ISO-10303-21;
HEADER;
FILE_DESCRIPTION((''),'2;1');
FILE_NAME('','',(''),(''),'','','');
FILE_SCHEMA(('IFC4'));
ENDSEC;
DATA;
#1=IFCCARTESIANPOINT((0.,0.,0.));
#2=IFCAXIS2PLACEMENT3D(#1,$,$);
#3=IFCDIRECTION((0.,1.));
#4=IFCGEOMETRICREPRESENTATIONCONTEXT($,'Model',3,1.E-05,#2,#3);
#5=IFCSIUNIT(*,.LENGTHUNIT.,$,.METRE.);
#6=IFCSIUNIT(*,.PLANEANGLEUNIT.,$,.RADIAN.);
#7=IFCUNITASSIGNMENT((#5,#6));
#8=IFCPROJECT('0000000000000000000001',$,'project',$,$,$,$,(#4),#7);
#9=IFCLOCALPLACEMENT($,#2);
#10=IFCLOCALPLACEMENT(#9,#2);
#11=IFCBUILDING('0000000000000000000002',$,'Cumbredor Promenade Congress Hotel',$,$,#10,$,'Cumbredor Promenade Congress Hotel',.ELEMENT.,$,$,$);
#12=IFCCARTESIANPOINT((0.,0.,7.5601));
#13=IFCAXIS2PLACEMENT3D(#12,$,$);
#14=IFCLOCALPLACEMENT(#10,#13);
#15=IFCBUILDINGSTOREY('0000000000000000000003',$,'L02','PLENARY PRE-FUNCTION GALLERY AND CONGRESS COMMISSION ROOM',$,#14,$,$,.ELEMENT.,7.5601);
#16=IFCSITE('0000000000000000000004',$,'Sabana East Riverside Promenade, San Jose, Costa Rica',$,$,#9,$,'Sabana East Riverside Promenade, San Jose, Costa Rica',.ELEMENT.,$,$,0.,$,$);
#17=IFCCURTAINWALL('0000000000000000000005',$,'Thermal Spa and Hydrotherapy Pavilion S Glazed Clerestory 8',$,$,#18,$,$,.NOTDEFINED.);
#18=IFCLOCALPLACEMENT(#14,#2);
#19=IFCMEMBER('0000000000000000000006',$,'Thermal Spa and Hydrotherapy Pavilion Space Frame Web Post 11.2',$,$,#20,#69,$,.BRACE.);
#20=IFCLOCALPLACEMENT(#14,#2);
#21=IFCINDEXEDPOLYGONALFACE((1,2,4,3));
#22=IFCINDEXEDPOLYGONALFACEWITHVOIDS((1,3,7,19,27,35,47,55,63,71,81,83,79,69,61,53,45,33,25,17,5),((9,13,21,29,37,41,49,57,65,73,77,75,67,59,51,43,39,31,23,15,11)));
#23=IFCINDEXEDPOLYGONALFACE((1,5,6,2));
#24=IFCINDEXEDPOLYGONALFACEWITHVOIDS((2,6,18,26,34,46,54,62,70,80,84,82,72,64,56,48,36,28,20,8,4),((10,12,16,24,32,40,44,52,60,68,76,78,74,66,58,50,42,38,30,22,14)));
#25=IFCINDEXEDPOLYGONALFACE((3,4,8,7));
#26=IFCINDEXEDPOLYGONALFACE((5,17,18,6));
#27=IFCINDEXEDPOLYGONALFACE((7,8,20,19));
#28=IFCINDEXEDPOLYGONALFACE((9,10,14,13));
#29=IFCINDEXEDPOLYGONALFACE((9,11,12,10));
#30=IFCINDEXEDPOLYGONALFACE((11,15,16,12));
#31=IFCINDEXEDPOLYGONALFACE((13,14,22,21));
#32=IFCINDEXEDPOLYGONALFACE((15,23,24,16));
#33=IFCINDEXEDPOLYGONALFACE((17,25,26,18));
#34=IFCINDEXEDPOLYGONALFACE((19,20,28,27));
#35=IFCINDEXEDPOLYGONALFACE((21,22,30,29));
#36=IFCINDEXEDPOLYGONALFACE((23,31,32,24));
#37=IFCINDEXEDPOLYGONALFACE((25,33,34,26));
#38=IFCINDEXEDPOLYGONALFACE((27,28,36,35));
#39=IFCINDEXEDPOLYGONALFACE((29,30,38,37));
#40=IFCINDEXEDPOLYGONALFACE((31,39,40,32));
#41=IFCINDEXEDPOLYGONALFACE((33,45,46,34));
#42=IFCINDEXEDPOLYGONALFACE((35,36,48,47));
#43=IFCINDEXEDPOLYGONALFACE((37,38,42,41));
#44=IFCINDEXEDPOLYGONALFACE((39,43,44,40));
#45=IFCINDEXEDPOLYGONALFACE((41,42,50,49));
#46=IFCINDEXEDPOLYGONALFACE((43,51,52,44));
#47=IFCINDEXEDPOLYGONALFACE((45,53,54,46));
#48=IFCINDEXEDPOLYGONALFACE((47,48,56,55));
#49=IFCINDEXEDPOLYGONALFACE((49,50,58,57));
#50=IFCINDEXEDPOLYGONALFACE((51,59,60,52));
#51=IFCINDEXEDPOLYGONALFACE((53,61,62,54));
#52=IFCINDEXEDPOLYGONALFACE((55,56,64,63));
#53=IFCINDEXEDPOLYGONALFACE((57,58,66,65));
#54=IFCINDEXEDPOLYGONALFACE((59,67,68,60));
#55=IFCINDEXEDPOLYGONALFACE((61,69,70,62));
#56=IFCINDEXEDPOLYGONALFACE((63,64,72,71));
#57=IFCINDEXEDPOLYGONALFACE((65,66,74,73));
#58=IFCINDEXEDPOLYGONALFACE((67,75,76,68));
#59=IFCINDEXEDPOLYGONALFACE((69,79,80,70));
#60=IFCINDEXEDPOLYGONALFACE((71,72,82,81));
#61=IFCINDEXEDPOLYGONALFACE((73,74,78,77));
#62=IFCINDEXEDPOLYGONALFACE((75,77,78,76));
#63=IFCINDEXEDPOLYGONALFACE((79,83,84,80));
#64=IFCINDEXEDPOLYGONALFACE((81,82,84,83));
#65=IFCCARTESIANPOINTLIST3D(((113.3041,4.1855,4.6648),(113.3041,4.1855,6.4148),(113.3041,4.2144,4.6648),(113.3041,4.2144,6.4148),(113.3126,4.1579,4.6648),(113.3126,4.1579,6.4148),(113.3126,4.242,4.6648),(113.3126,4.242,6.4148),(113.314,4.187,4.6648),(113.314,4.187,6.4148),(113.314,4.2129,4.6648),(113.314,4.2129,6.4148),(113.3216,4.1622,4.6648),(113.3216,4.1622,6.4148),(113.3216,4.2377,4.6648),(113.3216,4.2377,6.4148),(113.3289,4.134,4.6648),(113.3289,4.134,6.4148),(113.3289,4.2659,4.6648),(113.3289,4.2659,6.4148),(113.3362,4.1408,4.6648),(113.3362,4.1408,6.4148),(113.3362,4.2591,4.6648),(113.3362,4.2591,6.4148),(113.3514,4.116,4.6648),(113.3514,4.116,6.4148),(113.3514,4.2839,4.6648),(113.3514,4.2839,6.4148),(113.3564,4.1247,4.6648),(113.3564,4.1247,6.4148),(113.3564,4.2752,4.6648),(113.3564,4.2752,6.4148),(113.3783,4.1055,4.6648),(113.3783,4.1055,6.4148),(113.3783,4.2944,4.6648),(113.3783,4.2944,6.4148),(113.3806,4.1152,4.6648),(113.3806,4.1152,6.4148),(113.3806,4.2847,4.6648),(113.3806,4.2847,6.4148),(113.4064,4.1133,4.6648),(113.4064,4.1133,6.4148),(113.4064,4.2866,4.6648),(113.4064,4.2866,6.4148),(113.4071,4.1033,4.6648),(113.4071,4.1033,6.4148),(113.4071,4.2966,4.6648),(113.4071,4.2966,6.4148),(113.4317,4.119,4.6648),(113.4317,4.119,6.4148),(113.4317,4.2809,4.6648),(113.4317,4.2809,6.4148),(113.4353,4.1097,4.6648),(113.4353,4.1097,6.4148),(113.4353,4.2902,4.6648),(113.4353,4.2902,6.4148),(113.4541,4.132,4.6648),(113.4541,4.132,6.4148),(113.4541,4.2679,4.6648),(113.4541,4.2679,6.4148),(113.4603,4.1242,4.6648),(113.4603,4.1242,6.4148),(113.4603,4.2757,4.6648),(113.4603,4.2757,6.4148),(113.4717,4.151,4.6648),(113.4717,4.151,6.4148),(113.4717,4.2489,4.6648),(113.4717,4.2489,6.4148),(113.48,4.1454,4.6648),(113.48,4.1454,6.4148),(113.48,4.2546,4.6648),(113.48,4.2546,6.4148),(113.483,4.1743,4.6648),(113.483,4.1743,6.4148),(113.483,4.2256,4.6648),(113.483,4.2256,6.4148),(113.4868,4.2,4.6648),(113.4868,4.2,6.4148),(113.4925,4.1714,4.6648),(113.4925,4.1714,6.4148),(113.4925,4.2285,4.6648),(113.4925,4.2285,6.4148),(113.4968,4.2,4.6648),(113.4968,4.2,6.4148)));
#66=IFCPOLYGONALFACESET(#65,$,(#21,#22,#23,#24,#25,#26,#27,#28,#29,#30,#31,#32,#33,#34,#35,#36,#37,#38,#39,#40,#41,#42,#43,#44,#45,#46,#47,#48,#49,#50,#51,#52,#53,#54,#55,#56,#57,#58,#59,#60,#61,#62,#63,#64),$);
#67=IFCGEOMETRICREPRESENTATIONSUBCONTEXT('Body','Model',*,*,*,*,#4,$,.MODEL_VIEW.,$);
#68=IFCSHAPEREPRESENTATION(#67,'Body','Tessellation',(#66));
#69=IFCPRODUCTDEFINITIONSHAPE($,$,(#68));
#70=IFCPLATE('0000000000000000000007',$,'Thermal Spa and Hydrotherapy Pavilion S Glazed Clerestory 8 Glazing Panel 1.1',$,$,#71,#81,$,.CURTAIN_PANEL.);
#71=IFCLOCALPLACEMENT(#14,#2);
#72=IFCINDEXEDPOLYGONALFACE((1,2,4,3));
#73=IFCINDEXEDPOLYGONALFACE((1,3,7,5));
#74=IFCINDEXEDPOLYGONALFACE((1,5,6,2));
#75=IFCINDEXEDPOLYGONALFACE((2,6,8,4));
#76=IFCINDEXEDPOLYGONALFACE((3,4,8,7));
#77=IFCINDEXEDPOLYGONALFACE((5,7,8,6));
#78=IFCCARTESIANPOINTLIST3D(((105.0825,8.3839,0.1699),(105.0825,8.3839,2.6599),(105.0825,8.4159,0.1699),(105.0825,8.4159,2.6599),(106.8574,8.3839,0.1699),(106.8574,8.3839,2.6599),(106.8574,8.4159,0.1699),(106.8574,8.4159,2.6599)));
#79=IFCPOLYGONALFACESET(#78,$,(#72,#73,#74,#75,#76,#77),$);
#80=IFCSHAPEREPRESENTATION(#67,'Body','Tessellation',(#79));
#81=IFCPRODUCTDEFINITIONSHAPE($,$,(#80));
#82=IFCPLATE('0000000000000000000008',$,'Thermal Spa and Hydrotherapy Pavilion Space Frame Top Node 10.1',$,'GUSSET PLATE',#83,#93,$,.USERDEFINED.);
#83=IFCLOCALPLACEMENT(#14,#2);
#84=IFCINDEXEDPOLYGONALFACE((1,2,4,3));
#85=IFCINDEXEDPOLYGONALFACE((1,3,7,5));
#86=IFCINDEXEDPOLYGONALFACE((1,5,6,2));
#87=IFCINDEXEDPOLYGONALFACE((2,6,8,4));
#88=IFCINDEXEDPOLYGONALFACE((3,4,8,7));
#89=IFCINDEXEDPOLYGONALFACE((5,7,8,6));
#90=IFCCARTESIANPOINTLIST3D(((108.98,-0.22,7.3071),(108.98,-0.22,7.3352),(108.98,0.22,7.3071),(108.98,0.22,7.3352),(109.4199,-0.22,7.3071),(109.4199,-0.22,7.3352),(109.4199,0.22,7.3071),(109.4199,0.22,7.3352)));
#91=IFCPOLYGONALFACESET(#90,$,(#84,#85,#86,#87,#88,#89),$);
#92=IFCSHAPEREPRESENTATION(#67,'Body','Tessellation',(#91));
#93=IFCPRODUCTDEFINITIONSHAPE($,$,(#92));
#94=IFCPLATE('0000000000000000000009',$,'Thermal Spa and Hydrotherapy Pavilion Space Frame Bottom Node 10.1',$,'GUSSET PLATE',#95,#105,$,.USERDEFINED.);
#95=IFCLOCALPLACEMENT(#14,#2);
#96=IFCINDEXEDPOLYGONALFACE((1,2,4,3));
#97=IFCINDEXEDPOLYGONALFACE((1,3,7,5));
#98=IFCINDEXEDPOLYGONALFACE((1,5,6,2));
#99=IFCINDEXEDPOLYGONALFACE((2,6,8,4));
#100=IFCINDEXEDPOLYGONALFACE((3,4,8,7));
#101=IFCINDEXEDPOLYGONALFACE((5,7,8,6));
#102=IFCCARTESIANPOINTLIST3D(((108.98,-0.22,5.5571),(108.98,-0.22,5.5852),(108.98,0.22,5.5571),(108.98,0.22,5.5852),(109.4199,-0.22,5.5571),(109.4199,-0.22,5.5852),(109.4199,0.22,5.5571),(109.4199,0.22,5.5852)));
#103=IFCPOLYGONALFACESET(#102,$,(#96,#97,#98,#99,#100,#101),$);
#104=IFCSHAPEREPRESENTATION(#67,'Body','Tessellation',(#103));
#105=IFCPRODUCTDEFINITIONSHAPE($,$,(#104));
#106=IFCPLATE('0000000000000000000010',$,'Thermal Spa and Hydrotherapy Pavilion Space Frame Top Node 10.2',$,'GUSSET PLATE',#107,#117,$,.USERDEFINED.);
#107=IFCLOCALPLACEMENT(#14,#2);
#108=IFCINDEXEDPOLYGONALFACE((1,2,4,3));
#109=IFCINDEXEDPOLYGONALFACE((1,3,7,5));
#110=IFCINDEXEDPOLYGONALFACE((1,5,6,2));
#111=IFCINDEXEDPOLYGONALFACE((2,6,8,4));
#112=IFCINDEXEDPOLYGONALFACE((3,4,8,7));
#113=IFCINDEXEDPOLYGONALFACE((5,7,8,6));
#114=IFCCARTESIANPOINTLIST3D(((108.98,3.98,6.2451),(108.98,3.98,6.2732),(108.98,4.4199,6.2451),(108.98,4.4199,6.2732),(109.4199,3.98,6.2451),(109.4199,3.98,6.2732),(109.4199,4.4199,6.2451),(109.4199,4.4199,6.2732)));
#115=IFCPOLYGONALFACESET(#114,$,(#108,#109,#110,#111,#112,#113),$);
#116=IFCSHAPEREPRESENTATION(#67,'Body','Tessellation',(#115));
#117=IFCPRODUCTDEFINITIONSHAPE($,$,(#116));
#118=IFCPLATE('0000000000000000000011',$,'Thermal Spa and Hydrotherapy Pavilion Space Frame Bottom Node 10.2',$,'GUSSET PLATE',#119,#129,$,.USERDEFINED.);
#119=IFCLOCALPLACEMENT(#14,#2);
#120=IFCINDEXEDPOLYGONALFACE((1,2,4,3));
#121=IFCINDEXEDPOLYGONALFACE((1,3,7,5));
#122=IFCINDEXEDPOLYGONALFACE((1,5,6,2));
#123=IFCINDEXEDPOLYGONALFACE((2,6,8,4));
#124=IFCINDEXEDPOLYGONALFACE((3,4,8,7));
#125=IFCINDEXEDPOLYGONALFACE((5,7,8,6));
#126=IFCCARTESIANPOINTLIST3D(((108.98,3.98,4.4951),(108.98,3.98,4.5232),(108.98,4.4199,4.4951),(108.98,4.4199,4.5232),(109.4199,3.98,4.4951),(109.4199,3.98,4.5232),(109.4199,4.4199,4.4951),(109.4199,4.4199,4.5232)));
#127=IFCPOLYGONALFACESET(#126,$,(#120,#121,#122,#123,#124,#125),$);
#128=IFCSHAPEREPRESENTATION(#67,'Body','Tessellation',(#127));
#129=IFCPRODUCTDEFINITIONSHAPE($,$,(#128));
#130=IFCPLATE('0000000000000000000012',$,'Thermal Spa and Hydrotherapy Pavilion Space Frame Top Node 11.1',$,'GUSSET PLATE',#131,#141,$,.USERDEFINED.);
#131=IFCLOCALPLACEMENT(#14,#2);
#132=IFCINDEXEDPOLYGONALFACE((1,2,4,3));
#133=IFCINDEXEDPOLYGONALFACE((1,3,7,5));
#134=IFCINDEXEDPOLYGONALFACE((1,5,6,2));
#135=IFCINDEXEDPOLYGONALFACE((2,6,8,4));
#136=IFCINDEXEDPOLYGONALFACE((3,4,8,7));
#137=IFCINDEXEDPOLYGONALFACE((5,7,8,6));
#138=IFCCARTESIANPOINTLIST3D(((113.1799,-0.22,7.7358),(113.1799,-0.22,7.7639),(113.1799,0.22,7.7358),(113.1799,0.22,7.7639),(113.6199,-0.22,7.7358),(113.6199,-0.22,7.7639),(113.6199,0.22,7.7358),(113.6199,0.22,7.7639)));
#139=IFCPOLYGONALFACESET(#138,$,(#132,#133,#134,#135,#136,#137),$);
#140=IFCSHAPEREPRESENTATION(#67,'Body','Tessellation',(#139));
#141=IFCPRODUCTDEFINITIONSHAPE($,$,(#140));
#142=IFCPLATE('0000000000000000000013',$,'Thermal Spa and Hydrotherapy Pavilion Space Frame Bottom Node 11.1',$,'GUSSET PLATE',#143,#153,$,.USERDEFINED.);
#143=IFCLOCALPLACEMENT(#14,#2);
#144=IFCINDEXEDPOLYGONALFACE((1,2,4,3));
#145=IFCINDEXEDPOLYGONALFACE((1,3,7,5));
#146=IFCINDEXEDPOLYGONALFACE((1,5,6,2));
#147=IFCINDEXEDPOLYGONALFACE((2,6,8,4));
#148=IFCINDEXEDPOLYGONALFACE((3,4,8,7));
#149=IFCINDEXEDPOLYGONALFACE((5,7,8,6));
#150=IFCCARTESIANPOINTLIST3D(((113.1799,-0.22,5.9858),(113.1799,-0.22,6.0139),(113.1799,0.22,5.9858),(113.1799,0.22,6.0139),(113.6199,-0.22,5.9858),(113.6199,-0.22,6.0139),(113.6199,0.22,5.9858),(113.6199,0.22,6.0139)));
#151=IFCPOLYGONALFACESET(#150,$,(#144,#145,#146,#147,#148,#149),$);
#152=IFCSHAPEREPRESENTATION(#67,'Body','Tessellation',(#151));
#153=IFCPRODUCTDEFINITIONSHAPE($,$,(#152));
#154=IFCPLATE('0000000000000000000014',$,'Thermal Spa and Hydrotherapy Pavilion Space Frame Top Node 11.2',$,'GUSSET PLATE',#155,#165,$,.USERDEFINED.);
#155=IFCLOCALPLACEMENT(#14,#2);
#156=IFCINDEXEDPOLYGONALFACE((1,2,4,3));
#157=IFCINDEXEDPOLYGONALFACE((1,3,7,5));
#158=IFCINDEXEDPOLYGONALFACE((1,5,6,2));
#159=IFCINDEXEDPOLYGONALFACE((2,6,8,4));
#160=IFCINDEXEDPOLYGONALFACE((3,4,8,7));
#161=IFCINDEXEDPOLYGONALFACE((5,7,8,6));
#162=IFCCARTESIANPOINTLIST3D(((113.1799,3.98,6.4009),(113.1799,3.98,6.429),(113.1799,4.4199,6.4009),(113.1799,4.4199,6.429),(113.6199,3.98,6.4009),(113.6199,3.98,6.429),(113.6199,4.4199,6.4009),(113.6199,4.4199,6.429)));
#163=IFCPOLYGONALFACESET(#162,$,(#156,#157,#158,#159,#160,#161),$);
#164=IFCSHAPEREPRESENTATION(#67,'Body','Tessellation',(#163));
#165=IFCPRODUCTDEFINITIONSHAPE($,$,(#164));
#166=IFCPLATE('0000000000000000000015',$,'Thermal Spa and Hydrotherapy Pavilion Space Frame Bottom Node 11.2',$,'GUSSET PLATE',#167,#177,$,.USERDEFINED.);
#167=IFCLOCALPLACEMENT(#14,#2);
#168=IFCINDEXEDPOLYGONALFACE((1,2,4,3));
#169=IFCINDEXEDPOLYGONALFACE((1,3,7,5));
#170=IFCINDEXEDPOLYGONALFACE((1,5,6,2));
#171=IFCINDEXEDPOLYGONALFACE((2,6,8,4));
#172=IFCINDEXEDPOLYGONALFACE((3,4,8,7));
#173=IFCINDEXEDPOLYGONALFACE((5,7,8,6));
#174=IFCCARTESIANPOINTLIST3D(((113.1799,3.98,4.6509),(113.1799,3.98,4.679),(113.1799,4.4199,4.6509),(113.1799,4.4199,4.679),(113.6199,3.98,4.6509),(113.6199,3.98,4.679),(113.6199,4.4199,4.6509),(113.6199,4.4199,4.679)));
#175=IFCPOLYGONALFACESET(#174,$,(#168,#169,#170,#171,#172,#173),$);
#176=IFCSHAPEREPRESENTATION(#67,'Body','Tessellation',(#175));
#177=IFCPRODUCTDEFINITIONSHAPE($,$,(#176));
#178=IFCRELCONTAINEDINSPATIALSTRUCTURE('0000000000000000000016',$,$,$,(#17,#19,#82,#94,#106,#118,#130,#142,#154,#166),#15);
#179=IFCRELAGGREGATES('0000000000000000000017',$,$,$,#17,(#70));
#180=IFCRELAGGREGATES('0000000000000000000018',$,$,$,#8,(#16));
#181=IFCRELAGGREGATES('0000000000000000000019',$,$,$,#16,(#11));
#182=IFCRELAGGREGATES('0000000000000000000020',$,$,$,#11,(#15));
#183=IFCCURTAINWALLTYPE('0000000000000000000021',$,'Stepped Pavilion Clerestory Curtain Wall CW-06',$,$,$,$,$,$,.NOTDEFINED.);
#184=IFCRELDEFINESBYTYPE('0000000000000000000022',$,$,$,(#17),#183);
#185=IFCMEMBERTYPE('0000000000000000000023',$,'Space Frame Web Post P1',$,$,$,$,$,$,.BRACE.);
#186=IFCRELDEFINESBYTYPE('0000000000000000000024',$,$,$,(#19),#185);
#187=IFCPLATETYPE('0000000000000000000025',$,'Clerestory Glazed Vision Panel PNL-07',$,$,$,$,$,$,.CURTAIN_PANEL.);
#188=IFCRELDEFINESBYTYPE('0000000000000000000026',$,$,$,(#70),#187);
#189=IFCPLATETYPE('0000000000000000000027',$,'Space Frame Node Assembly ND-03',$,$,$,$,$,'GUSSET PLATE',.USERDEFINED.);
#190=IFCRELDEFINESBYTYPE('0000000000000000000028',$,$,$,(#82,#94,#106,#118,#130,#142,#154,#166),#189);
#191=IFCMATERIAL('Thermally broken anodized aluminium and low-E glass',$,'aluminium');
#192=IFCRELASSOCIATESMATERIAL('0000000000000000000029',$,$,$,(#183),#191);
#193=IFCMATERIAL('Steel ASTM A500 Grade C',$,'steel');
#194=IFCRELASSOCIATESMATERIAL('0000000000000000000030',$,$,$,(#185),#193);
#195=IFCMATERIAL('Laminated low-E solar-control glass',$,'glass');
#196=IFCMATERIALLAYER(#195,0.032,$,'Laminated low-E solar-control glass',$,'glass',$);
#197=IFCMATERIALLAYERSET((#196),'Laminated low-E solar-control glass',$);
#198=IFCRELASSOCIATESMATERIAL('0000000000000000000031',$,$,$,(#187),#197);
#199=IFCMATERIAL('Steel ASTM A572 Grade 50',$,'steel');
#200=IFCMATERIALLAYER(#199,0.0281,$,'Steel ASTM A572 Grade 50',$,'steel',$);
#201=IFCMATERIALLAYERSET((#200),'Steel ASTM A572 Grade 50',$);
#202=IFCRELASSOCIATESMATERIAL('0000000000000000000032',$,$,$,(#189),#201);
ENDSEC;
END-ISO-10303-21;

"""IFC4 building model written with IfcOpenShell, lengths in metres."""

from ifc_helpers import new_model, si_unit, direction, frame, origin, origin_2d, place, context, subcontext, project, spatial, rectangle, hollow_circle, extrude, material, layer, layer_set, material_profile, profile_set, type_object, element, aggregate, save


model = new_model("IFC4")

# Units and contexts
model_context = context("Model", 3, precision=1e-05, world=origin(), true_north=direction((0.0, 1.0)))
body_context = subcontext(model_context, "Body", "Model", "MODEL_VIEW")
ifc_project = project(units=[si_unit("LENGTHUNIT", "METRE"), si_unit("PLANEANGLEUNIT", "RADIAN")], contexts=[model_context])

# Site, building, storey
site_placement = place(None, origin())
site = spatial("IfcSite", under=ifc_project, at=site_placement, Name="Sabana East Riverside Promenade, San Jose, Costa Rica", LongName="Sabana East Riverside Promenade, San Jose, Costa Rica", CompositionType="ELEMENT", RefElevation=0.0)
building_placement = place(site_placement, origin())
building = spatial("IfcBuilding", under=site, at=building_placement, Name="Cumbredor Promenade Congress Hotel", LongName="Cumbredor Promenade Congress Hotel", CompositionType="ELEMENT")
storey_placement = place(building_placement, frame((0.0, 0.0, 7.5601)))
storey = spatial("IfcBuildingStorey", under=building, at=storey_placement, Name="L02", Description="PLENARY PRE-FUNCTION GALLERY AND CONGRESS COMMISSION ROOM", CompositionType="ELEMENT", Elevation=7.5601)

# Curtain wall
ifc_material_1 = material(Name="Thermally broken anodized aluminium and low-E glass", Category="aluminium")
curtain_wall_type = type_object("IfcCurtainWallType", Name="Stepped Pavilion Clerestory Curtain Wall CW-06", PredefinedType="NOTDEFINED", material=ifc_material_1)
curtain_wall_placement = place(storey_placement, origin())
curtain_wall = element("IfcCurtainWall", 1, at=curtain_wall_placement, inside=storey, type_object=curtain_wall_type, Name="Thermal Spa and Hydrotherapy Pavilion S Glazed Clerestory 8", PredefinedType="NOTDEFINED")

# Member
ifc_material_2 = material(Name="Steel ASTM A500 Grade C", Category="steel")
ifc_material_profile_1 = material_profile(ifc_material_2, hollow_circle(Radius=0.0969, WallThickness=0.01, at=origin_2d()), Name="CHS 193.7x10")
ifc_profile_set_1 = profile_set([ifc_material_profile_1], Name="Steel ASTM A500 Grade C")
member_type_1 = type_object("IfcMemberType", Name="Space Frame Web Post P1", PredefinedType="BRACE", material=ifc_profile_set_1)
for number, where, z_axis, x_axis, name in (
    (2, (113.3999, 4.2, 4.6648), (0.0, 0.0, 1.0), (1.0, 0.0, 0.0), "Thermal Spa and Hydrotherapy Pavilion Space Frame Web Post 11.2"),
):
    element("IfcMember", number, at=place(storey_placement, frame(where, z_axis=z_axis, x_axis=x_axis)), inside=storey, type_object=member_type_1, Name=name, PredefinedType="BRACE", context=body_context, shape_type="SweptSolid", body=[
        extrude(hollow_circle(Radius=0.0969, WallThickness=0.01, at=origin_2d()), origin(), (0.0, 0.0, 1.0), 1.75),
    ])

# Plate
ifc_material_3 = material(Name="Laminated low-E solar-control glass", Category="glass")
ifc_layer_1 = layer(ifc_material_3, 0.032, Name="Laminated low-E solar-control glass", Category="glass")
ifc_layer_set_1 = layer_set([ifc_layer_1], Name="Laminated low-E solar-control glass")
plate_type_1 = type_object("IfcPlateType", Name="Clerestory Glazed Vision Panel PNL-07", PredefinedType="CURTAIN_PANEL", material=ifc_layer_set_1)
plate_placement = place(storey_placement, frame((105.97, 8.3999, 0.1699), z_axis=(0.0, 0.0, 1.0), x_axis=(1.0, 0.0, 0.0)))
plate = element("IfcPlate", 3, at=plate_placement, type_object=plate_type_1, Name="Thermal Spa and Hydrotherapy Pavilion S Glazed Clerestory 8 Glazing Panel 1.1", PredefinedType="CURTAIN_PANEL", context=body_context, shape_type="SweptSolid", body=[
    extrude(rectangle(XDim=1.7749, YDim=0.032, at=origin_2d()), origin(), (0.0, 0.0, 1.0), 2.49),
])
aggregate(curtain_wall, [plate])

# Plates
ifc_material_4 = material(Name="Steel ASTM A572 Grade 50", Category="steel")
ifc_layer_2 = layer(ifc_material_4, 0.0281, Name="Steel ASTM A572 Grade 50", Category="steel")
ifc_layer_set_2 = layer_set([ifc_layer_2], Name="Steel ASTM A572 Grade 50")
plate_type_2 = type_object("IfcPlateType", Name="Space Frame Node Assembly ND-03", ElementType="GUSSET PLATE", PredefinedType="USERDEFINED", material=ifc_layer_set_2)
for number, where, z_axis, x_axis, name in (
    (4, (109.2, 0.0, 7.3071), (0.0, 0.0, 1.0), (1.0, 0.0, 0.0), "Thermal Spa and Hydrotherapy Pavilion Space Frame Top Node 10.1"),
    (5, (109.2, 0.0, 5.5571), (0.0, 0.0, 1.0), (1.0, 0.0, 0.0), "Thermal Spa and Hydrotherapy Pavilion Space Frame Bottom Node 10.1"),
    (6, (109.2, 4.2, 6.2451), (0.0, 0.0, 1.0), (1.0, 0.0, 0.0), "Thermal Spa and Hydrotherapy Pavilion Space Frame Top Node 10.2"),
    (7, (109.2, 4.2, 4.4951), (0.0, 0.0, 1.0), (1.0, 0.0, 0.0), "Thermal Spa and Hydrotherapy Pavilion Space Frame Bottom Node 10.2"),
    (8, (113.3999, 0.0, 7.7358), (0.0, 0.0, 1.0), (1.0, 0.0, 0.0), "Thermal Spa and Hydrotherapy Pavilion Space Frame Top Node 11.1"),
    (9, (113.3999, 0.0, 5.9858), (0.0, 0.0, 1.0), (1.0, 0.0, 0.0), "Thermal Spa and Hydrotherapy Pavilion Space Frame Bottom Node 11.1"),
    (10, (113.3999, 4.2, 6.4009), (0.0, 0.0, 1.0), (1.0, 0.0, 0.0), "Thermal Spa and Hydrotherapy Pavilion Space Frame Top Node 11.2"),
    (11, (113.3999, 4.2, 4.6509), (0.0, 0.0, 1.0), (1.0, 0.0, 0.0), "Thermal Spa and Hydrotherapy Pavilion Space Frame Bottom Node 11.2"),
):
    element("IfcPlate", number, at=place(storey_placement, frame(where, z_axis=z_axis, x_axis=x_axis)), inside=storey, type_object=plate_type_2, Name=name, ObjectType="GUSSET PLATE", PredefinedType="USERDEFINED", context=body_context, shape_type="SweptSolid", body=[
        extrude(rectangle(XDim=0.4399, YDim=0.4399, at=origin_2d()), origin(), (0.0, 0.0, 1.0), 0.0281),
    ])

save(model, "model.ifc")
